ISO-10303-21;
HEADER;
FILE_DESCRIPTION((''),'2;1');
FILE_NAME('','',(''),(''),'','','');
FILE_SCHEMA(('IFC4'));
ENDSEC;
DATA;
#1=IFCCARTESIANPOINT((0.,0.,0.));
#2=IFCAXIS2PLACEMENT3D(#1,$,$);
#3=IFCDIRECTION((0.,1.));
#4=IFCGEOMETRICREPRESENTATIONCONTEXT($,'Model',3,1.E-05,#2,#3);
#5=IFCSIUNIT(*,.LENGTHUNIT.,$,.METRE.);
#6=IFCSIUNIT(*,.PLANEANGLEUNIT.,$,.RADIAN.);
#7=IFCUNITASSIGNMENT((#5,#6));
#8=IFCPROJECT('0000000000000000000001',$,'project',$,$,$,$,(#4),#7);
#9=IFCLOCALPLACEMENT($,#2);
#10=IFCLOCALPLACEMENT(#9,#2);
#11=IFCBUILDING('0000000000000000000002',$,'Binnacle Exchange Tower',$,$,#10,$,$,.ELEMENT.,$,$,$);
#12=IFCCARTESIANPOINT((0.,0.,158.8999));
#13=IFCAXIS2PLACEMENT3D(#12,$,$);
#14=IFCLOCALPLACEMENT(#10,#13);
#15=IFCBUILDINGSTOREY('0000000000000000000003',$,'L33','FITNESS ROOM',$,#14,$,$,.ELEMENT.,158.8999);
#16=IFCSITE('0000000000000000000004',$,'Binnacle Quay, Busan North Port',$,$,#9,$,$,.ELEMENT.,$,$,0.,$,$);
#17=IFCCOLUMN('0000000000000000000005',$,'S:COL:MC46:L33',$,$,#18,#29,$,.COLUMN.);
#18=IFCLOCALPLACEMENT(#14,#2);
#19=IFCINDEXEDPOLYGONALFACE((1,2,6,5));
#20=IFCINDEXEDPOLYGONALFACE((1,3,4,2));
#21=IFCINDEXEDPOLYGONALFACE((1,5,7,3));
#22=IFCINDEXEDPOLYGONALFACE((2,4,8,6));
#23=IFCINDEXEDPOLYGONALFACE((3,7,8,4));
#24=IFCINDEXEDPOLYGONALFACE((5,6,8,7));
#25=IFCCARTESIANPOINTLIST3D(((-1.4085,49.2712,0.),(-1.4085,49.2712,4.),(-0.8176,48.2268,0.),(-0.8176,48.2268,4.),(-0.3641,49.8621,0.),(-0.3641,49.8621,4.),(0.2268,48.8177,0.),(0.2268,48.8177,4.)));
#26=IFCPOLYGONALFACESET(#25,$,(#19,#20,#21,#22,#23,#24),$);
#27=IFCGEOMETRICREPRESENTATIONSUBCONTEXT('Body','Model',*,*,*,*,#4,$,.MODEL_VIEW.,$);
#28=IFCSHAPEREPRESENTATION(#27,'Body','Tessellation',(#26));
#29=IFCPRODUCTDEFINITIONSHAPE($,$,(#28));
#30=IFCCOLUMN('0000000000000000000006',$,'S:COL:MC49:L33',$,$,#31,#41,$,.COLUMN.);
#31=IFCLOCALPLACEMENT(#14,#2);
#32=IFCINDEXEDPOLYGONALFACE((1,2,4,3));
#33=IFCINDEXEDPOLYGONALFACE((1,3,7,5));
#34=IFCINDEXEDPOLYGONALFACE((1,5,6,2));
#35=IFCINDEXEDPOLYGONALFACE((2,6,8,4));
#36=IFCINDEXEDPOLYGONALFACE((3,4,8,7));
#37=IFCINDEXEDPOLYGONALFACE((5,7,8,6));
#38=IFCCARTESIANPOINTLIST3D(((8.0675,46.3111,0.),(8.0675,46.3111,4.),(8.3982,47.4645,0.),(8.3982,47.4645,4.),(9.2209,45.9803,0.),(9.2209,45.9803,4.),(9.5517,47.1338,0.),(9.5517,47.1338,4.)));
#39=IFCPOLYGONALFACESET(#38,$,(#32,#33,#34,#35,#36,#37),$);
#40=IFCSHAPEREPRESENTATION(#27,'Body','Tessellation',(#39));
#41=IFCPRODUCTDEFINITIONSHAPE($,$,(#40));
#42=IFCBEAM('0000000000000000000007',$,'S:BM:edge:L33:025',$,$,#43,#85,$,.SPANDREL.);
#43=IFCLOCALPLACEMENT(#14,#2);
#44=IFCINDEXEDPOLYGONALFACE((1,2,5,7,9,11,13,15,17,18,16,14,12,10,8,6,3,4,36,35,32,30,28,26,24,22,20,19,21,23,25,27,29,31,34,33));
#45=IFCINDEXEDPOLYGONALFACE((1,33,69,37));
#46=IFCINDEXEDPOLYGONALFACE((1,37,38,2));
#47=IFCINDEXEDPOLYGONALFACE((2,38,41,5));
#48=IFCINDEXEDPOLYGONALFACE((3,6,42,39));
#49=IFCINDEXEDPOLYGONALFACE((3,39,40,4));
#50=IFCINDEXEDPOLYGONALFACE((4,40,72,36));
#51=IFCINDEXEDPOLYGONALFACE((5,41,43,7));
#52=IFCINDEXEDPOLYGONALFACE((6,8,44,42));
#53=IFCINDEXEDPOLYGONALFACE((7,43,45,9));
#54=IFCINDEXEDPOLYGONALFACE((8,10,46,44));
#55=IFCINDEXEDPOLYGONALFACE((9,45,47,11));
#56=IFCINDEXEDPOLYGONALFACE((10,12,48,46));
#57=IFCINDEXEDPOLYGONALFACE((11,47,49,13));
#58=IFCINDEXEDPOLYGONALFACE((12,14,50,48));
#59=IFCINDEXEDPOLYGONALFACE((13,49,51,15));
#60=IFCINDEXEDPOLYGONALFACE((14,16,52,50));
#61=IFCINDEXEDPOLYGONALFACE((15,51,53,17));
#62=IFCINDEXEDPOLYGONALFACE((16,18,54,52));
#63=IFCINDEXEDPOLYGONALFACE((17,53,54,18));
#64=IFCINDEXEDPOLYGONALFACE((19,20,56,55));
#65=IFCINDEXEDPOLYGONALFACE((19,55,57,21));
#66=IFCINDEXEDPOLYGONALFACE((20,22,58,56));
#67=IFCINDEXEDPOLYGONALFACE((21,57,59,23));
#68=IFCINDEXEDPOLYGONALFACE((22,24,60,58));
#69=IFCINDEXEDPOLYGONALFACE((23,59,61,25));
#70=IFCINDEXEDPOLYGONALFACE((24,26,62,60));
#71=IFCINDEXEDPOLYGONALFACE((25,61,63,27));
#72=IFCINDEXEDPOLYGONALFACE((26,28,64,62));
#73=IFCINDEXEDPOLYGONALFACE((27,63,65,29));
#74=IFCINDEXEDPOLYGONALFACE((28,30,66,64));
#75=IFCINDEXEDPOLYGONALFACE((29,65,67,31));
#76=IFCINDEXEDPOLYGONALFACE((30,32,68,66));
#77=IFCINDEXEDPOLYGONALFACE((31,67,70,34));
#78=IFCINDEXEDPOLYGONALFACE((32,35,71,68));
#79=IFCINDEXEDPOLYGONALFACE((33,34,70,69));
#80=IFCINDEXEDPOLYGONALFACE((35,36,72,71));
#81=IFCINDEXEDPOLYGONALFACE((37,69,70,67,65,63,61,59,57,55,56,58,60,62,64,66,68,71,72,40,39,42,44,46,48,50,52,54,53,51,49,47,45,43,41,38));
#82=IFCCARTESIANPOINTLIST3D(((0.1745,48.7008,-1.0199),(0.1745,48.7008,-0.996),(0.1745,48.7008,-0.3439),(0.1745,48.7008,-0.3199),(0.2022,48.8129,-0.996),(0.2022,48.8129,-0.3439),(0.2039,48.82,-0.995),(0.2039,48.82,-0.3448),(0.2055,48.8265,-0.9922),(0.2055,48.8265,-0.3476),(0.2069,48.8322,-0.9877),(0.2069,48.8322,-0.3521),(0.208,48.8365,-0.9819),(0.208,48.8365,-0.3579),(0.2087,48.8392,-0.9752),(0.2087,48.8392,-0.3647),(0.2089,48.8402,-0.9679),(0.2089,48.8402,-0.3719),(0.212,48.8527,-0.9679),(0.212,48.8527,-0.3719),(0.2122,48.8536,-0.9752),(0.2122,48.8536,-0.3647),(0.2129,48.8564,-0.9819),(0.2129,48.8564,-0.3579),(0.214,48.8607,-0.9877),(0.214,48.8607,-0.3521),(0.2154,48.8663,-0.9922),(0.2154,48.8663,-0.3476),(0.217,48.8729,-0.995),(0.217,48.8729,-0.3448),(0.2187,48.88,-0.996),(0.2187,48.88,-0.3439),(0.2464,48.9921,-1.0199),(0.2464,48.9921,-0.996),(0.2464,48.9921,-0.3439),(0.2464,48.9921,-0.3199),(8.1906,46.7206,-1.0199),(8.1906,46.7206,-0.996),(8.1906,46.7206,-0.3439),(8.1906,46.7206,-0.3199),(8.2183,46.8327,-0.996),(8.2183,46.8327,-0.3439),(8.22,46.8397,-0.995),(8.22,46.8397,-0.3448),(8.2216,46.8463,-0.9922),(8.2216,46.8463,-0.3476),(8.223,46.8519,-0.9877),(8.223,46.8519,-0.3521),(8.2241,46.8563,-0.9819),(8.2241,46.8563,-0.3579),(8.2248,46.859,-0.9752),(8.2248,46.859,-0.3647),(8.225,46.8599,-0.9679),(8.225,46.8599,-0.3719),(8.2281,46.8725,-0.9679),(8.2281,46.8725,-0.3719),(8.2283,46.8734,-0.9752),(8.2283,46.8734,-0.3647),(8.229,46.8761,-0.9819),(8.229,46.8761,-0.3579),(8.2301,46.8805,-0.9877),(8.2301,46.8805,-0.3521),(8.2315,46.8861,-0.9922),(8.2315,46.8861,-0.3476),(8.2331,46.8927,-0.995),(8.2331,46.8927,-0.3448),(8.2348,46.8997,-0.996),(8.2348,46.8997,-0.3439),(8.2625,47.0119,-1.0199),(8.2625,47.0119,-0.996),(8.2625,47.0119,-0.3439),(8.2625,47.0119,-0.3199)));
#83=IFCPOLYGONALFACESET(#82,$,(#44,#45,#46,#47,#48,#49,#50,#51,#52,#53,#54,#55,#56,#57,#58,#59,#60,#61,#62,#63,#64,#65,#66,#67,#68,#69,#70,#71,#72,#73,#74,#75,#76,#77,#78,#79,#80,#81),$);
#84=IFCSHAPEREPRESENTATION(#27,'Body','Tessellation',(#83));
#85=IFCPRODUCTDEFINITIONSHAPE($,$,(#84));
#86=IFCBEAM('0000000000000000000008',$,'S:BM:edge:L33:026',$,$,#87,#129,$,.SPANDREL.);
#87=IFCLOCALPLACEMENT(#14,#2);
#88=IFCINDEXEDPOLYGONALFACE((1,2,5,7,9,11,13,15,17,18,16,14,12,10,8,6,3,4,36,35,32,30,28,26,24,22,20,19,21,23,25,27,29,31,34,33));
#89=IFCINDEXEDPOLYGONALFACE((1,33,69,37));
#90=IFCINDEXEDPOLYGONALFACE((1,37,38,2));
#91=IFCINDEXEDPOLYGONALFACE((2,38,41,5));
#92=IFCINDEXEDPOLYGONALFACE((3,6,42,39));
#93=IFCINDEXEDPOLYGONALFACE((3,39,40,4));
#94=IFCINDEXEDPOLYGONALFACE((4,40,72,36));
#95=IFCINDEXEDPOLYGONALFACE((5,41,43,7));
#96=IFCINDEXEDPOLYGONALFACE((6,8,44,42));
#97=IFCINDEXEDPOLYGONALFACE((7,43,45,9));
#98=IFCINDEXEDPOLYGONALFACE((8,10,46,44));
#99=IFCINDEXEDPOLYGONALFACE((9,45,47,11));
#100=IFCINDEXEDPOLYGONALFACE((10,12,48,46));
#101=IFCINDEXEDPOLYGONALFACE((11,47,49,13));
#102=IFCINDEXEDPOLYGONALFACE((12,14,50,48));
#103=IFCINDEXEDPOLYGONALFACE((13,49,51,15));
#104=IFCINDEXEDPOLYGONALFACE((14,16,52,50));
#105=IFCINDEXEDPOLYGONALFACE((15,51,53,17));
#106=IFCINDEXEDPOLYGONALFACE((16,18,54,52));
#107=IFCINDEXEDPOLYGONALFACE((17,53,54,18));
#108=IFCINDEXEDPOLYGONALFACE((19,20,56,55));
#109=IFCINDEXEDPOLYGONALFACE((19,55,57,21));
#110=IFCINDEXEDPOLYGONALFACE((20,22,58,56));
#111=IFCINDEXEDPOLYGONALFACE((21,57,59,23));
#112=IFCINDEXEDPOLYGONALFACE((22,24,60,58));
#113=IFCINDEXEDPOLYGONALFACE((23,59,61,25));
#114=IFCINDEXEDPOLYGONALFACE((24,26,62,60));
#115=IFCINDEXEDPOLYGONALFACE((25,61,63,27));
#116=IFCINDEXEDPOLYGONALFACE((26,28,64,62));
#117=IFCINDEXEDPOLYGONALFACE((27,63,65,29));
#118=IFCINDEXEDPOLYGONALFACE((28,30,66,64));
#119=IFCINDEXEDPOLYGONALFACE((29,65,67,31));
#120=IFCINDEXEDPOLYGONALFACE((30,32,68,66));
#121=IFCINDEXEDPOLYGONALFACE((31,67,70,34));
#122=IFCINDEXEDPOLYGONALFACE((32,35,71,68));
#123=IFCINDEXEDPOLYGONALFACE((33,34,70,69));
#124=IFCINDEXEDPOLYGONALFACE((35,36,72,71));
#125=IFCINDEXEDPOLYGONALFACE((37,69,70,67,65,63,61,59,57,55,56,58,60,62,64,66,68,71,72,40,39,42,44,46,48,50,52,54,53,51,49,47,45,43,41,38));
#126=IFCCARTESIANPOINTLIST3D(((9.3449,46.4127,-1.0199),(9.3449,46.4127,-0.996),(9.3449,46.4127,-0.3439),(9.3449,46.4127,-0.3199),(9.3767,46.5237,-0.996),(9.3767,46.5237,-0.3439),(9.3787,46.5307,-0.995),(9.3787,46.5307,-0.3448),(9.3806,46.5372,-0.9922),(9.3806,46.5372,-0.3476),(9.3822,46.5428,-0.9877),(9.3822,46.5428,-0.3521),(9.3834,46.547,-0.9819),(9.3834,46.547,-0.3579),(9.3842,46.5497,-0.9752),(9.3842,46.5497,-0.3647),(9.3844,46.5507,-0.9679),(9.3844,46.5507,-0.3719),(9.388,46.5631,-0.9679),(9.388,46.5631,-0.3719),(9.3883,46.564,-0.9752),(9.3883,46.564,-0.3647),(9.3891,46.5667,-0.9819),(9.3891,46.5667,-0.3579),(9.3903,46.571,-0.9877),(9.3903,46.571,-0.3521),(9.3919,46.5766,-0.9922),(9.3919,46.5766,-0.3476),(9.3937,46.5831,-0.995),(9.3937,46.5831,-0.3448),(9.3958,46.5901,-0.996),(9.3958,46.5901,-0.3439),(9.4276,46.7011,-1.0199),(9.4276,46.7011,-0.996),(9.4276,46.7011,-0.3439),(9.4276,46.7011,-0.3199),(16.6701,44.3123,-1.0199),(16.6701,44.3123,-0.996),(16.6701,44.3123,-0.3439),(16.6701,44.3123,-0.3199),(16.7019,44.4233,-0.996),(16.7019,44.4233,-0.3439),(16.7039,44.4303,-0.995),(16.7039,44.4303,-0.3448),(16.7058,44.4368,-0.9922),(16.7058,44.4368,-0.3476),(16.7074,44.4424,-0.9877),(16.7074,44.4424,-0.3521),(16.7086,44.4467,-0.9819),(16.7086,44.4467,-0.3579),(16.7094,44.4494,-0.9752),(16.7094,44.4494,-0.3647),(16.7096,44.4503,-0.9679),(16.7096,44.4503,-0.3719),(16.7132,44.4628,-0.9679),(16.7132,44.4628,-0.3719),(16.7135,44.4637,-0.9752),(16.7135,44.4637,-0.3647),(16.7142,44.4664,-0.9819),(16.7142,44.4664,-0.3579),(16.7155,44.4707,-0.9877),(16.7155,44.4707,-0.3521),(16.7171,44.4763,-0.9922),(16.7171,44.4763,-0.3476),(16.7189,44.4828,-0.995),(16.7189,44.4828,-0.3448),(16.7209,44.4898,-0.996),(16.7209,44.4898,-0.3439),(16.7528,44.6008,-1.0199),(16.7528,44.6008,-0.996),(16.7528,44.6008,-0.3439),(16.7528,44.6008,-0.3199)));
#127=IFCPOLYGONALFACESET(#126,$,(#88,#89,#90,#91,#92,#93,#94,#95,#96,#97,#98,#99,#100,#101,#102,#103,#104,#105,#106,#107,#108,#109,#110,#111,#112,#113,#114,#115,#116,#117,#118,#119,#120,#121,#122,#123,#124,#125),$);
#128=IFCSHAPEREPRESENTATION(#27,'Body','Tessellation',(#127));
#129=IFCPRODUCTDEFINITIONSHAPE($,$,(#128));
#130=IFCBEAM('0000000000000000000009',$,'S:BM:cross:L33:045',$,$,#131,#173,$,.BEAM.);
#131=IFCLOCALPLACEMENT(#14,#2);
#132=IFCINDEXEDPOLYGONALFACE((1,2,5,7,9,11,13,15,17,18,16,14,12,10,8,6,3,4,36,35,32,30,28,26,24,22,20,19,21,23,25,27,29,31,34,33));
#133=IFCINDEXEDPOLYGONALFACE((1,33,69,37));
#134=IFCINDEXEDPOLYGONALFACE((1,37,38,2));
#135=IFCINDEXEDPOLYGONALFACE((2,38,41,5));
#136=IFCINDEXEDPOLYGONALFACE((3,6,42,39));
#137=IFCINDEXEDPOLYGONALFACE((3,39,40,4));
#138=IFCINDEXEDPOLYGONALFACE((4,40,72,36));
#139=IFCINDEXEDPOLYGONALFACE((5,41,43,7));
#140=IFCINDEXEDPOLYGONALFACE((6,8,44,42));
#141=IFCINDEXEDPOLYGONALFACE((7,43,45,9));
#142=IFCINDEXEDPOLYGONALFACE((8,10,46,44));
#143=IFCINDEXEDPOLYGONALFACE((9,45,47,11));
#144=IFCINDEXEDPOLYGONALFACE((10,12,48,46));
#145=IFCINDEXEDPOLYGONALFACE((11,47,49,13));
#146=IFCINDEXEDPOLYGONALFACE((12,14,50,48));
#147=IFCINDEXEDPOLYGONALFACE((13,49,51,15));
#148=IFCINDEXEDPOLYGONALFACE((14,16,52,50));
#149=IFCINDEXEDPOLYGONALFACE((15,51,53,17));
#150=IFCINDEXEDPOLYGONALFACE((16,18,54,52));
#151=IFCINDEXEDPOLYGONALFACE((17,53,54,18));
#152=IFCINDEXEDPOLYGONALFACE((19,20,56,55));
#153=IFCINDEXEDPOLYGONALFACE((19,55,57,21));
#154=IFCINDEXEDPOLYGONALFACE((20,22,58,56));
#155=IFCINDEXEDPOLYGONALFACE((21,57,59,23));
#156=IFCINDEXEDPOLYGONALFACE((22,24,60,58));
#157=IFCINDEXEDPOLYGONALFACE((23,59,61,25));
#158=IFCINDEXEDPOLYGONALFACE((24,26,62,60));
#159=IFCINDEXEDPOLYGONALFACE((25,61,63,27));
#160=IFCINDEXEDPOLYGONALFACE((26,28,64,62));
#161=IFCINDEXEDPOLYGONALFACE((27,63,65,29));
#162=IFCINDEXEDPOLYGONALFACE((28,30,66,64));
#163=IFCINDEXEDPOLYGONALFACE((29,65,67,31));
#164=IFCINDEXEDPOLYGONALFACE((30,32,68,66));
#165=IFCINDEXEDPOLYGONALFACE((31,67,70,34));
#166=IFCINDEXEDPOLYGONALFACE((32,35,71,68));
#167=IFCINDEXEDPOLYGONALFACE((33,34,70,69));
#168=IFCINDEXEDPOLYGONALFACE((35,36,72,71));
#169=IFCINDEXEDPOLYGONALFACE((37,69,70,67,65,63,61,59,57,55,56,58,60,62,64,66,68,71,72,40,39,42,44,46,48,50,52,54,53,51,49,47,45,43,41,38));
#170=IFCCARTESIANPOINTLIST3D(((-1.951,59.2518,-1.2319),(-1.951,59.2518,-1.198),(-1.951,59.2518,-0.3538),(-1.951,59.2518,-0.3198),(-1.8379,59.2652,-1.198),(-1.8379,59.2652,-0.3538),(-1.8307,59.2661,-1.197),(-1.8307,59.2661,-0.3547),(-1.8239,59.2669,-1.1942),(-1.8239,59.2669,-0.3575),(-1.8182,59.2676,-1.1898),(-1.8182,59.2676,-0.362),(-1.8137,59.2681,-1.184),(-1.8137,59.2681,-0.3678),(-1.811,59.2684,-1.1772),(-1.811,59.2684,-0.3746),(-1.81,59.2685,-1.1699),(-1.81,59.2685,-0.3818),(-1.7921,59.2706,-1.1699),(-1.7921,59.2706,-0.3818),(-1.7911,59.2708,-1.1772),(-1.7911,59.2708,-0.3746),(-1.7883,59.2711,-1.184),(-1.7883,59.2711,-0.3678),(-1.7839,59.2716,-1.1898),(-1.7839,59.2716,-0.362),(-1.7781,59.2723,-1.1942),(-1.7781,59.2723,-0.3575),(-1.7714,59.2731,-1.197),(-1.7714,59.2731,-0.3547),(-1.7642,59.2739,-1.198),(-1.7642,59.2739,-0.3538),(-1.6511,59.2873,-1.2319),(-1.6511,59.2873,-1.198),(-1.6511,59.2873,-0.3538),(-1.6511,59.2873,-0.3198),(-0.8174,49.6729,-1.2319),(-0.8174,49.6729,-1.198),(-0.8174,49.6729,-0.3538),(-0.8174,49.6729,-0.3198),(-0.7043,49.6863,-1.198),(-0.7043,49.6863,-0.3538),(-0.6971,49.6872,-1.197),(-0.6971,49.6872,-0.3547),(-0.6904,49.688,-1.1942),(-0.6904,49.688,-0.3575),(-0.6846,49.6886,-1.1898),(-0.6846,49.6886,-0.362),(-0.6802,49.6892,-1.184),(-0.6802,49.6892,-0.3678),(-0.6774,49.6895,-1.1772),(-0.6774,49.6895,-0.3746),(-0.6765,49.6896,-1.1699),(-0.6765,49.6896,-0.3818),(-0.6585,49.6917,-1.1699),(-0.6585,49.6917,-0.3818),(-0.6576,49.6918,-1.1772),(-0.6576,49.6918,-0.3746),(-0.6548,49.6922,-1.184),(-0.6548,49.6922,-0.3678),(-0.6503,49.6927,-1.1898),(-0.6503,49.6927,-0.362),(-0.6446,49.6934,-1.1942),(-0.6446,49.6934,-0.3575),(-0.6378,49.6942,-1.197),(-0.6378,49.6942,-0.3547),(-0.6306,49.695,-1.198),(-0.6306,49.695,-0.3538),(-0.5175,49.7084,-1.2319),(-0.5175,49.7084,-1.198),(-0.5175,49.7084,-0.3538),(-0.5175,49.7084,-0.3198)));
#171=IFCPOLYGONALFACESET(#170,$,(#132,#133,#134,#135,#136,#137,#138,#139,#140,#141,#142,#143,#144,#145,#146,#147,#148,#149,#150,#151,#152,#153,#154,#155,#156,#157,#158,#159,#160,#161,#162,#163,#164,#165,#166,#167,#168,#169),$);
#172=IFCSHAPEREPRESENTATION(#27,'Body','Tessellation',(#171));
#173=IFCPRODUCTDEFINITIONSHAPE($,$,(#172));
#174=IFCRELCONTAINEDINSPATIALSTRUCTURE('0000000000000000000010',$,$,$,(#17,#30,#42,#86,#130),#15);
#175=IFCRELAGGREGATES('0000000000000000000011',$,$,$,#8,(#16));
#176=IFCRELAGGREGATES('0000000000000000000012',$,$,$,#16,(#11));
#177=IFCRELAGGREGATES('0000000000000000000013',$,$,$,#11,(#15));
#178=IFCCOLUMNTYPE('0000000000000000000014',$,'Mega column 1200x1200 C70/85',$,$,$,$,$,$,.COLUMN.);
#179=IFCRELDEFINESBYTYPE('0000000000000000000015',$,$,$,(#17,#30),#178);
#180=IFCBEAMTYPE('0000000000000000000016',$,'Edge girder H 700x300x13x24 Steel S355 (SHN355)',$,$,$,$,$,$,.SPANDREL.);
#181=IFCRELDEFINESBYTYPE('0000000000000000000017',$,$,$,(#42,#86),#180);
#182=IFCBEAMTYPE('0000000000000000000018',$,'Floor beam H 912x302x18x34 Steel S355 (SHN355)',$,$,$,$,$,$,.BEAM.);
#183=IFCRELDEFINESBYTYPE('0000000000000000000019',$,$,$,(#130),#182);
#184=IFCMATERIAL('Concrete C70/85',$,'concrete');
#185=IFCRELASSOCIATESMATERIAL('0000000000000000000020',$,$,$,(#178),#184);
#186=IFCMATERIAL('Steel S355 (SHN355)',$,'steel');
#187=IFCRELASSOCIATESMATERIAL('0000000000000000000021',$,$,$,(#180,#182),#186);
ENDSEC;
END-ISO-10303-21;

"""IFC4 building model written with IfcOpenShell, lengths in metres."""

from ifc_helpers import new_model, si_unit, direction, frame, origin, origin_2d, place, context, subcontext, project, spatial, rectangle, i_section, extrude, material, material_profile, profile_set, type_object, element, save


model = new_model("IFC4")

# Units and contexts
model_context = context("Model", 3, precision=1e-05, world=origin(), true_north=direction((0.0, 1.0)))
body_context = subcontext(model_context, "Body", "Model", "MODEL_VIEW")
ifc_project = project(units=[si_unit("LENGTHUNIT", "METRE"), si_unit("PLANEANGLEUNIT", "RADIAN")], contexts=[model_context])

# Site, building, storey
site_placement = place(None, origin())
site = spatial("IfcSite", under=ifc_project, at=site_placement, Name="Binnacle Quay, Busan North Port", CompositionType="ELEMENT", RefElevation=0.0)
building_placement = place(site_placement, origin())
building = spatial("IfcBuilding", under=site, at=building_placement, Name="Binnacle Exchange Tower", CompositionType="ELEMENT")
storey_placement = place(building_placement, frame((0.0, 0.0, 158.8999)))
storey = spatial("IfcBuildingStorey", under=building, at=storey_placement, Name="L33", Description="FITNESS ROOM", CompositionType="ELEMENT", Elevation=158.8999)

# Columns
ifc_material_1 = material(Name="Concrete C70/85", Category="concrete")
ifc_material_profile_1 = material_profile(ifc_material_1, rectangle(XDim=1.2, YDim=1.2, at=origin_2d()), Name="Mega column 1200x1200 C70/85")
ifc_profile_set_1 = profile_set([ifc_material_profile_1], Name="Concrete C70/85")
column_type = type_object("IfcColumnType", Name="Mega column 1200x1200 C70/85", PredefinedType="COLUMN", material=ifc_profile_set_1)
for number, where, z_axis, x_axis, name in (
    (1, (-0.5908, 49.0444, 0.0), (0.0, 0.0, 1.0), (0.870356, 0.492424, 0.0), "S:COL:MC46:L33"),
    (2, (8.8096, 46.7224, 0.0), (0.0, 0.0, 1.0), (0.961262, -0.275637, 0.0), "S:COL:MC49:L33"),
):
    element("IfcColumn", number, at=place(storey_placement, frame(where, z_axis=z_axis, x_axis=x_axis)), inside=storey, type_object=column_type, Name=name, PredefinedType="COLUMN", context=body_context, shape_type="SweptSolid", body=[
        extrude(rectangle(XDim=1.2, YDim=1.2, at=origin_2d()), origin(), (0.0, 0.0, 1.0), 4.0),
    ])

# Beams
ifc_material_2 = material(Name="Steel S355 (SHN355)", Category="steel")
ifc_material_profile_2 = material_profile(ifc_material_2, i_section(OverallWidth=0.3, OverallDepth=0.7, WebThickness=0.0129, FlangeThickness=0.0239, FilletRadius=0.0281, at=origin_2d()), Name="H 700x300x13x24")
ifc_profile_set_2 = profile_set([ifc_material_profile_2], Name="Steel S355 (SHN355)")
beam_type_1 = type_object("IfcBeamType", Name="Edge girder H 700x300x13x24 Steel S355 (SHN355)", PredefinedType="SPANDREL", material=ifc_profile_set_2)
beam_1_placement = place(storey_placement, frame((0.2104, 48.8464, -0.6699), z_axis=(0.970817, -0.239821, 0.0), x_axis=(0.239821, 0.970817, 0.0)))
element("IfcBeam", 3, at=beam_1_placement, inside=storey, type_object=beam_type_1, Name="S:BM:edge:L33:025", PredefinedType="SPANDREL", context=body_context, shape_type="SweptSolid", body=[
    extrude(i_section(OverallWidth=0.3, OverallDepth=0.7, WebThickness=0.0129, FlangeThickness=0.0239, FilletRadius=0.0281, at=origin_2d()), origin(), (0.0, 0.0, 1.0), 8.2571),
])
beam_2_placement = place(storey_placement, frame((9.3862, 46.5569, -0.6699), z_axis=(0.961266, -0.275622, 0.0), x_axis=(0.275622, 0.961266, 0.0)))
element("IfcBeam", 4, at=beam_2_placement, inside=storey, type_object=beam_type_1, Name="S:BM:edge:L33:026", PredefinedType="SPANDREL", context=body_context, shape_type="SweptSolid", body=[
    extrude(i_section(OverallWidth=0.3, OverallDepth=0.7, WebThickness=0.0129, FlangeThickness=0.0239, FilletRadius=0.0281, at=origin_2d()), origin(), (0.0, 0.0, 1.0), 7.6204),
])
ifc_material_profile_3 = material_profile(ifc_material_2, i_section(OverallWidth=0.302, OverallDepth=0.9121, WebThickness=0.0181, FlangeThickness=0.0339, FilletRadius=0.0281, at=origin_2d()), Name="H 912x302x18x34")
ifc_profile_set_3 = profile_set([ifc_material_profile_3], Name="Steel S355 (SHN355)")
beam_type_2 = type_object("IfcBeamType", Name="Floor beam H 912x302x18x34 Steel S355 (SHN355)", PredefinedType="BEAM", material=ifc_profile_set_3)
beam_3_placement = place(storey_placement, frame((-0.6675, 49.6907, -0.7759), z_axis=(-0.117518, 0.993071, 0.0), x_axis=(-0.993071, -0.117518, 0.0)))
element("IfcBeam", 5, at=beam_3_placement, inside=storey, type_object=beam_type_2, Name="S:BM:cross:L33:045", PredefinedType="BEAM", context=body_context, shape_type="SweptSolid", body=[
    extrude(i_section(OverallWidth=0.302, OverallDepth=0.9121, WebThickness=0.0181, FlangeThickness=0.0339, FilletRadius=0.0281, at=origin_2d()), origin(), (0.0, 0.0, 1.0), 9.6458),
])

save(model, "model.ifc")
